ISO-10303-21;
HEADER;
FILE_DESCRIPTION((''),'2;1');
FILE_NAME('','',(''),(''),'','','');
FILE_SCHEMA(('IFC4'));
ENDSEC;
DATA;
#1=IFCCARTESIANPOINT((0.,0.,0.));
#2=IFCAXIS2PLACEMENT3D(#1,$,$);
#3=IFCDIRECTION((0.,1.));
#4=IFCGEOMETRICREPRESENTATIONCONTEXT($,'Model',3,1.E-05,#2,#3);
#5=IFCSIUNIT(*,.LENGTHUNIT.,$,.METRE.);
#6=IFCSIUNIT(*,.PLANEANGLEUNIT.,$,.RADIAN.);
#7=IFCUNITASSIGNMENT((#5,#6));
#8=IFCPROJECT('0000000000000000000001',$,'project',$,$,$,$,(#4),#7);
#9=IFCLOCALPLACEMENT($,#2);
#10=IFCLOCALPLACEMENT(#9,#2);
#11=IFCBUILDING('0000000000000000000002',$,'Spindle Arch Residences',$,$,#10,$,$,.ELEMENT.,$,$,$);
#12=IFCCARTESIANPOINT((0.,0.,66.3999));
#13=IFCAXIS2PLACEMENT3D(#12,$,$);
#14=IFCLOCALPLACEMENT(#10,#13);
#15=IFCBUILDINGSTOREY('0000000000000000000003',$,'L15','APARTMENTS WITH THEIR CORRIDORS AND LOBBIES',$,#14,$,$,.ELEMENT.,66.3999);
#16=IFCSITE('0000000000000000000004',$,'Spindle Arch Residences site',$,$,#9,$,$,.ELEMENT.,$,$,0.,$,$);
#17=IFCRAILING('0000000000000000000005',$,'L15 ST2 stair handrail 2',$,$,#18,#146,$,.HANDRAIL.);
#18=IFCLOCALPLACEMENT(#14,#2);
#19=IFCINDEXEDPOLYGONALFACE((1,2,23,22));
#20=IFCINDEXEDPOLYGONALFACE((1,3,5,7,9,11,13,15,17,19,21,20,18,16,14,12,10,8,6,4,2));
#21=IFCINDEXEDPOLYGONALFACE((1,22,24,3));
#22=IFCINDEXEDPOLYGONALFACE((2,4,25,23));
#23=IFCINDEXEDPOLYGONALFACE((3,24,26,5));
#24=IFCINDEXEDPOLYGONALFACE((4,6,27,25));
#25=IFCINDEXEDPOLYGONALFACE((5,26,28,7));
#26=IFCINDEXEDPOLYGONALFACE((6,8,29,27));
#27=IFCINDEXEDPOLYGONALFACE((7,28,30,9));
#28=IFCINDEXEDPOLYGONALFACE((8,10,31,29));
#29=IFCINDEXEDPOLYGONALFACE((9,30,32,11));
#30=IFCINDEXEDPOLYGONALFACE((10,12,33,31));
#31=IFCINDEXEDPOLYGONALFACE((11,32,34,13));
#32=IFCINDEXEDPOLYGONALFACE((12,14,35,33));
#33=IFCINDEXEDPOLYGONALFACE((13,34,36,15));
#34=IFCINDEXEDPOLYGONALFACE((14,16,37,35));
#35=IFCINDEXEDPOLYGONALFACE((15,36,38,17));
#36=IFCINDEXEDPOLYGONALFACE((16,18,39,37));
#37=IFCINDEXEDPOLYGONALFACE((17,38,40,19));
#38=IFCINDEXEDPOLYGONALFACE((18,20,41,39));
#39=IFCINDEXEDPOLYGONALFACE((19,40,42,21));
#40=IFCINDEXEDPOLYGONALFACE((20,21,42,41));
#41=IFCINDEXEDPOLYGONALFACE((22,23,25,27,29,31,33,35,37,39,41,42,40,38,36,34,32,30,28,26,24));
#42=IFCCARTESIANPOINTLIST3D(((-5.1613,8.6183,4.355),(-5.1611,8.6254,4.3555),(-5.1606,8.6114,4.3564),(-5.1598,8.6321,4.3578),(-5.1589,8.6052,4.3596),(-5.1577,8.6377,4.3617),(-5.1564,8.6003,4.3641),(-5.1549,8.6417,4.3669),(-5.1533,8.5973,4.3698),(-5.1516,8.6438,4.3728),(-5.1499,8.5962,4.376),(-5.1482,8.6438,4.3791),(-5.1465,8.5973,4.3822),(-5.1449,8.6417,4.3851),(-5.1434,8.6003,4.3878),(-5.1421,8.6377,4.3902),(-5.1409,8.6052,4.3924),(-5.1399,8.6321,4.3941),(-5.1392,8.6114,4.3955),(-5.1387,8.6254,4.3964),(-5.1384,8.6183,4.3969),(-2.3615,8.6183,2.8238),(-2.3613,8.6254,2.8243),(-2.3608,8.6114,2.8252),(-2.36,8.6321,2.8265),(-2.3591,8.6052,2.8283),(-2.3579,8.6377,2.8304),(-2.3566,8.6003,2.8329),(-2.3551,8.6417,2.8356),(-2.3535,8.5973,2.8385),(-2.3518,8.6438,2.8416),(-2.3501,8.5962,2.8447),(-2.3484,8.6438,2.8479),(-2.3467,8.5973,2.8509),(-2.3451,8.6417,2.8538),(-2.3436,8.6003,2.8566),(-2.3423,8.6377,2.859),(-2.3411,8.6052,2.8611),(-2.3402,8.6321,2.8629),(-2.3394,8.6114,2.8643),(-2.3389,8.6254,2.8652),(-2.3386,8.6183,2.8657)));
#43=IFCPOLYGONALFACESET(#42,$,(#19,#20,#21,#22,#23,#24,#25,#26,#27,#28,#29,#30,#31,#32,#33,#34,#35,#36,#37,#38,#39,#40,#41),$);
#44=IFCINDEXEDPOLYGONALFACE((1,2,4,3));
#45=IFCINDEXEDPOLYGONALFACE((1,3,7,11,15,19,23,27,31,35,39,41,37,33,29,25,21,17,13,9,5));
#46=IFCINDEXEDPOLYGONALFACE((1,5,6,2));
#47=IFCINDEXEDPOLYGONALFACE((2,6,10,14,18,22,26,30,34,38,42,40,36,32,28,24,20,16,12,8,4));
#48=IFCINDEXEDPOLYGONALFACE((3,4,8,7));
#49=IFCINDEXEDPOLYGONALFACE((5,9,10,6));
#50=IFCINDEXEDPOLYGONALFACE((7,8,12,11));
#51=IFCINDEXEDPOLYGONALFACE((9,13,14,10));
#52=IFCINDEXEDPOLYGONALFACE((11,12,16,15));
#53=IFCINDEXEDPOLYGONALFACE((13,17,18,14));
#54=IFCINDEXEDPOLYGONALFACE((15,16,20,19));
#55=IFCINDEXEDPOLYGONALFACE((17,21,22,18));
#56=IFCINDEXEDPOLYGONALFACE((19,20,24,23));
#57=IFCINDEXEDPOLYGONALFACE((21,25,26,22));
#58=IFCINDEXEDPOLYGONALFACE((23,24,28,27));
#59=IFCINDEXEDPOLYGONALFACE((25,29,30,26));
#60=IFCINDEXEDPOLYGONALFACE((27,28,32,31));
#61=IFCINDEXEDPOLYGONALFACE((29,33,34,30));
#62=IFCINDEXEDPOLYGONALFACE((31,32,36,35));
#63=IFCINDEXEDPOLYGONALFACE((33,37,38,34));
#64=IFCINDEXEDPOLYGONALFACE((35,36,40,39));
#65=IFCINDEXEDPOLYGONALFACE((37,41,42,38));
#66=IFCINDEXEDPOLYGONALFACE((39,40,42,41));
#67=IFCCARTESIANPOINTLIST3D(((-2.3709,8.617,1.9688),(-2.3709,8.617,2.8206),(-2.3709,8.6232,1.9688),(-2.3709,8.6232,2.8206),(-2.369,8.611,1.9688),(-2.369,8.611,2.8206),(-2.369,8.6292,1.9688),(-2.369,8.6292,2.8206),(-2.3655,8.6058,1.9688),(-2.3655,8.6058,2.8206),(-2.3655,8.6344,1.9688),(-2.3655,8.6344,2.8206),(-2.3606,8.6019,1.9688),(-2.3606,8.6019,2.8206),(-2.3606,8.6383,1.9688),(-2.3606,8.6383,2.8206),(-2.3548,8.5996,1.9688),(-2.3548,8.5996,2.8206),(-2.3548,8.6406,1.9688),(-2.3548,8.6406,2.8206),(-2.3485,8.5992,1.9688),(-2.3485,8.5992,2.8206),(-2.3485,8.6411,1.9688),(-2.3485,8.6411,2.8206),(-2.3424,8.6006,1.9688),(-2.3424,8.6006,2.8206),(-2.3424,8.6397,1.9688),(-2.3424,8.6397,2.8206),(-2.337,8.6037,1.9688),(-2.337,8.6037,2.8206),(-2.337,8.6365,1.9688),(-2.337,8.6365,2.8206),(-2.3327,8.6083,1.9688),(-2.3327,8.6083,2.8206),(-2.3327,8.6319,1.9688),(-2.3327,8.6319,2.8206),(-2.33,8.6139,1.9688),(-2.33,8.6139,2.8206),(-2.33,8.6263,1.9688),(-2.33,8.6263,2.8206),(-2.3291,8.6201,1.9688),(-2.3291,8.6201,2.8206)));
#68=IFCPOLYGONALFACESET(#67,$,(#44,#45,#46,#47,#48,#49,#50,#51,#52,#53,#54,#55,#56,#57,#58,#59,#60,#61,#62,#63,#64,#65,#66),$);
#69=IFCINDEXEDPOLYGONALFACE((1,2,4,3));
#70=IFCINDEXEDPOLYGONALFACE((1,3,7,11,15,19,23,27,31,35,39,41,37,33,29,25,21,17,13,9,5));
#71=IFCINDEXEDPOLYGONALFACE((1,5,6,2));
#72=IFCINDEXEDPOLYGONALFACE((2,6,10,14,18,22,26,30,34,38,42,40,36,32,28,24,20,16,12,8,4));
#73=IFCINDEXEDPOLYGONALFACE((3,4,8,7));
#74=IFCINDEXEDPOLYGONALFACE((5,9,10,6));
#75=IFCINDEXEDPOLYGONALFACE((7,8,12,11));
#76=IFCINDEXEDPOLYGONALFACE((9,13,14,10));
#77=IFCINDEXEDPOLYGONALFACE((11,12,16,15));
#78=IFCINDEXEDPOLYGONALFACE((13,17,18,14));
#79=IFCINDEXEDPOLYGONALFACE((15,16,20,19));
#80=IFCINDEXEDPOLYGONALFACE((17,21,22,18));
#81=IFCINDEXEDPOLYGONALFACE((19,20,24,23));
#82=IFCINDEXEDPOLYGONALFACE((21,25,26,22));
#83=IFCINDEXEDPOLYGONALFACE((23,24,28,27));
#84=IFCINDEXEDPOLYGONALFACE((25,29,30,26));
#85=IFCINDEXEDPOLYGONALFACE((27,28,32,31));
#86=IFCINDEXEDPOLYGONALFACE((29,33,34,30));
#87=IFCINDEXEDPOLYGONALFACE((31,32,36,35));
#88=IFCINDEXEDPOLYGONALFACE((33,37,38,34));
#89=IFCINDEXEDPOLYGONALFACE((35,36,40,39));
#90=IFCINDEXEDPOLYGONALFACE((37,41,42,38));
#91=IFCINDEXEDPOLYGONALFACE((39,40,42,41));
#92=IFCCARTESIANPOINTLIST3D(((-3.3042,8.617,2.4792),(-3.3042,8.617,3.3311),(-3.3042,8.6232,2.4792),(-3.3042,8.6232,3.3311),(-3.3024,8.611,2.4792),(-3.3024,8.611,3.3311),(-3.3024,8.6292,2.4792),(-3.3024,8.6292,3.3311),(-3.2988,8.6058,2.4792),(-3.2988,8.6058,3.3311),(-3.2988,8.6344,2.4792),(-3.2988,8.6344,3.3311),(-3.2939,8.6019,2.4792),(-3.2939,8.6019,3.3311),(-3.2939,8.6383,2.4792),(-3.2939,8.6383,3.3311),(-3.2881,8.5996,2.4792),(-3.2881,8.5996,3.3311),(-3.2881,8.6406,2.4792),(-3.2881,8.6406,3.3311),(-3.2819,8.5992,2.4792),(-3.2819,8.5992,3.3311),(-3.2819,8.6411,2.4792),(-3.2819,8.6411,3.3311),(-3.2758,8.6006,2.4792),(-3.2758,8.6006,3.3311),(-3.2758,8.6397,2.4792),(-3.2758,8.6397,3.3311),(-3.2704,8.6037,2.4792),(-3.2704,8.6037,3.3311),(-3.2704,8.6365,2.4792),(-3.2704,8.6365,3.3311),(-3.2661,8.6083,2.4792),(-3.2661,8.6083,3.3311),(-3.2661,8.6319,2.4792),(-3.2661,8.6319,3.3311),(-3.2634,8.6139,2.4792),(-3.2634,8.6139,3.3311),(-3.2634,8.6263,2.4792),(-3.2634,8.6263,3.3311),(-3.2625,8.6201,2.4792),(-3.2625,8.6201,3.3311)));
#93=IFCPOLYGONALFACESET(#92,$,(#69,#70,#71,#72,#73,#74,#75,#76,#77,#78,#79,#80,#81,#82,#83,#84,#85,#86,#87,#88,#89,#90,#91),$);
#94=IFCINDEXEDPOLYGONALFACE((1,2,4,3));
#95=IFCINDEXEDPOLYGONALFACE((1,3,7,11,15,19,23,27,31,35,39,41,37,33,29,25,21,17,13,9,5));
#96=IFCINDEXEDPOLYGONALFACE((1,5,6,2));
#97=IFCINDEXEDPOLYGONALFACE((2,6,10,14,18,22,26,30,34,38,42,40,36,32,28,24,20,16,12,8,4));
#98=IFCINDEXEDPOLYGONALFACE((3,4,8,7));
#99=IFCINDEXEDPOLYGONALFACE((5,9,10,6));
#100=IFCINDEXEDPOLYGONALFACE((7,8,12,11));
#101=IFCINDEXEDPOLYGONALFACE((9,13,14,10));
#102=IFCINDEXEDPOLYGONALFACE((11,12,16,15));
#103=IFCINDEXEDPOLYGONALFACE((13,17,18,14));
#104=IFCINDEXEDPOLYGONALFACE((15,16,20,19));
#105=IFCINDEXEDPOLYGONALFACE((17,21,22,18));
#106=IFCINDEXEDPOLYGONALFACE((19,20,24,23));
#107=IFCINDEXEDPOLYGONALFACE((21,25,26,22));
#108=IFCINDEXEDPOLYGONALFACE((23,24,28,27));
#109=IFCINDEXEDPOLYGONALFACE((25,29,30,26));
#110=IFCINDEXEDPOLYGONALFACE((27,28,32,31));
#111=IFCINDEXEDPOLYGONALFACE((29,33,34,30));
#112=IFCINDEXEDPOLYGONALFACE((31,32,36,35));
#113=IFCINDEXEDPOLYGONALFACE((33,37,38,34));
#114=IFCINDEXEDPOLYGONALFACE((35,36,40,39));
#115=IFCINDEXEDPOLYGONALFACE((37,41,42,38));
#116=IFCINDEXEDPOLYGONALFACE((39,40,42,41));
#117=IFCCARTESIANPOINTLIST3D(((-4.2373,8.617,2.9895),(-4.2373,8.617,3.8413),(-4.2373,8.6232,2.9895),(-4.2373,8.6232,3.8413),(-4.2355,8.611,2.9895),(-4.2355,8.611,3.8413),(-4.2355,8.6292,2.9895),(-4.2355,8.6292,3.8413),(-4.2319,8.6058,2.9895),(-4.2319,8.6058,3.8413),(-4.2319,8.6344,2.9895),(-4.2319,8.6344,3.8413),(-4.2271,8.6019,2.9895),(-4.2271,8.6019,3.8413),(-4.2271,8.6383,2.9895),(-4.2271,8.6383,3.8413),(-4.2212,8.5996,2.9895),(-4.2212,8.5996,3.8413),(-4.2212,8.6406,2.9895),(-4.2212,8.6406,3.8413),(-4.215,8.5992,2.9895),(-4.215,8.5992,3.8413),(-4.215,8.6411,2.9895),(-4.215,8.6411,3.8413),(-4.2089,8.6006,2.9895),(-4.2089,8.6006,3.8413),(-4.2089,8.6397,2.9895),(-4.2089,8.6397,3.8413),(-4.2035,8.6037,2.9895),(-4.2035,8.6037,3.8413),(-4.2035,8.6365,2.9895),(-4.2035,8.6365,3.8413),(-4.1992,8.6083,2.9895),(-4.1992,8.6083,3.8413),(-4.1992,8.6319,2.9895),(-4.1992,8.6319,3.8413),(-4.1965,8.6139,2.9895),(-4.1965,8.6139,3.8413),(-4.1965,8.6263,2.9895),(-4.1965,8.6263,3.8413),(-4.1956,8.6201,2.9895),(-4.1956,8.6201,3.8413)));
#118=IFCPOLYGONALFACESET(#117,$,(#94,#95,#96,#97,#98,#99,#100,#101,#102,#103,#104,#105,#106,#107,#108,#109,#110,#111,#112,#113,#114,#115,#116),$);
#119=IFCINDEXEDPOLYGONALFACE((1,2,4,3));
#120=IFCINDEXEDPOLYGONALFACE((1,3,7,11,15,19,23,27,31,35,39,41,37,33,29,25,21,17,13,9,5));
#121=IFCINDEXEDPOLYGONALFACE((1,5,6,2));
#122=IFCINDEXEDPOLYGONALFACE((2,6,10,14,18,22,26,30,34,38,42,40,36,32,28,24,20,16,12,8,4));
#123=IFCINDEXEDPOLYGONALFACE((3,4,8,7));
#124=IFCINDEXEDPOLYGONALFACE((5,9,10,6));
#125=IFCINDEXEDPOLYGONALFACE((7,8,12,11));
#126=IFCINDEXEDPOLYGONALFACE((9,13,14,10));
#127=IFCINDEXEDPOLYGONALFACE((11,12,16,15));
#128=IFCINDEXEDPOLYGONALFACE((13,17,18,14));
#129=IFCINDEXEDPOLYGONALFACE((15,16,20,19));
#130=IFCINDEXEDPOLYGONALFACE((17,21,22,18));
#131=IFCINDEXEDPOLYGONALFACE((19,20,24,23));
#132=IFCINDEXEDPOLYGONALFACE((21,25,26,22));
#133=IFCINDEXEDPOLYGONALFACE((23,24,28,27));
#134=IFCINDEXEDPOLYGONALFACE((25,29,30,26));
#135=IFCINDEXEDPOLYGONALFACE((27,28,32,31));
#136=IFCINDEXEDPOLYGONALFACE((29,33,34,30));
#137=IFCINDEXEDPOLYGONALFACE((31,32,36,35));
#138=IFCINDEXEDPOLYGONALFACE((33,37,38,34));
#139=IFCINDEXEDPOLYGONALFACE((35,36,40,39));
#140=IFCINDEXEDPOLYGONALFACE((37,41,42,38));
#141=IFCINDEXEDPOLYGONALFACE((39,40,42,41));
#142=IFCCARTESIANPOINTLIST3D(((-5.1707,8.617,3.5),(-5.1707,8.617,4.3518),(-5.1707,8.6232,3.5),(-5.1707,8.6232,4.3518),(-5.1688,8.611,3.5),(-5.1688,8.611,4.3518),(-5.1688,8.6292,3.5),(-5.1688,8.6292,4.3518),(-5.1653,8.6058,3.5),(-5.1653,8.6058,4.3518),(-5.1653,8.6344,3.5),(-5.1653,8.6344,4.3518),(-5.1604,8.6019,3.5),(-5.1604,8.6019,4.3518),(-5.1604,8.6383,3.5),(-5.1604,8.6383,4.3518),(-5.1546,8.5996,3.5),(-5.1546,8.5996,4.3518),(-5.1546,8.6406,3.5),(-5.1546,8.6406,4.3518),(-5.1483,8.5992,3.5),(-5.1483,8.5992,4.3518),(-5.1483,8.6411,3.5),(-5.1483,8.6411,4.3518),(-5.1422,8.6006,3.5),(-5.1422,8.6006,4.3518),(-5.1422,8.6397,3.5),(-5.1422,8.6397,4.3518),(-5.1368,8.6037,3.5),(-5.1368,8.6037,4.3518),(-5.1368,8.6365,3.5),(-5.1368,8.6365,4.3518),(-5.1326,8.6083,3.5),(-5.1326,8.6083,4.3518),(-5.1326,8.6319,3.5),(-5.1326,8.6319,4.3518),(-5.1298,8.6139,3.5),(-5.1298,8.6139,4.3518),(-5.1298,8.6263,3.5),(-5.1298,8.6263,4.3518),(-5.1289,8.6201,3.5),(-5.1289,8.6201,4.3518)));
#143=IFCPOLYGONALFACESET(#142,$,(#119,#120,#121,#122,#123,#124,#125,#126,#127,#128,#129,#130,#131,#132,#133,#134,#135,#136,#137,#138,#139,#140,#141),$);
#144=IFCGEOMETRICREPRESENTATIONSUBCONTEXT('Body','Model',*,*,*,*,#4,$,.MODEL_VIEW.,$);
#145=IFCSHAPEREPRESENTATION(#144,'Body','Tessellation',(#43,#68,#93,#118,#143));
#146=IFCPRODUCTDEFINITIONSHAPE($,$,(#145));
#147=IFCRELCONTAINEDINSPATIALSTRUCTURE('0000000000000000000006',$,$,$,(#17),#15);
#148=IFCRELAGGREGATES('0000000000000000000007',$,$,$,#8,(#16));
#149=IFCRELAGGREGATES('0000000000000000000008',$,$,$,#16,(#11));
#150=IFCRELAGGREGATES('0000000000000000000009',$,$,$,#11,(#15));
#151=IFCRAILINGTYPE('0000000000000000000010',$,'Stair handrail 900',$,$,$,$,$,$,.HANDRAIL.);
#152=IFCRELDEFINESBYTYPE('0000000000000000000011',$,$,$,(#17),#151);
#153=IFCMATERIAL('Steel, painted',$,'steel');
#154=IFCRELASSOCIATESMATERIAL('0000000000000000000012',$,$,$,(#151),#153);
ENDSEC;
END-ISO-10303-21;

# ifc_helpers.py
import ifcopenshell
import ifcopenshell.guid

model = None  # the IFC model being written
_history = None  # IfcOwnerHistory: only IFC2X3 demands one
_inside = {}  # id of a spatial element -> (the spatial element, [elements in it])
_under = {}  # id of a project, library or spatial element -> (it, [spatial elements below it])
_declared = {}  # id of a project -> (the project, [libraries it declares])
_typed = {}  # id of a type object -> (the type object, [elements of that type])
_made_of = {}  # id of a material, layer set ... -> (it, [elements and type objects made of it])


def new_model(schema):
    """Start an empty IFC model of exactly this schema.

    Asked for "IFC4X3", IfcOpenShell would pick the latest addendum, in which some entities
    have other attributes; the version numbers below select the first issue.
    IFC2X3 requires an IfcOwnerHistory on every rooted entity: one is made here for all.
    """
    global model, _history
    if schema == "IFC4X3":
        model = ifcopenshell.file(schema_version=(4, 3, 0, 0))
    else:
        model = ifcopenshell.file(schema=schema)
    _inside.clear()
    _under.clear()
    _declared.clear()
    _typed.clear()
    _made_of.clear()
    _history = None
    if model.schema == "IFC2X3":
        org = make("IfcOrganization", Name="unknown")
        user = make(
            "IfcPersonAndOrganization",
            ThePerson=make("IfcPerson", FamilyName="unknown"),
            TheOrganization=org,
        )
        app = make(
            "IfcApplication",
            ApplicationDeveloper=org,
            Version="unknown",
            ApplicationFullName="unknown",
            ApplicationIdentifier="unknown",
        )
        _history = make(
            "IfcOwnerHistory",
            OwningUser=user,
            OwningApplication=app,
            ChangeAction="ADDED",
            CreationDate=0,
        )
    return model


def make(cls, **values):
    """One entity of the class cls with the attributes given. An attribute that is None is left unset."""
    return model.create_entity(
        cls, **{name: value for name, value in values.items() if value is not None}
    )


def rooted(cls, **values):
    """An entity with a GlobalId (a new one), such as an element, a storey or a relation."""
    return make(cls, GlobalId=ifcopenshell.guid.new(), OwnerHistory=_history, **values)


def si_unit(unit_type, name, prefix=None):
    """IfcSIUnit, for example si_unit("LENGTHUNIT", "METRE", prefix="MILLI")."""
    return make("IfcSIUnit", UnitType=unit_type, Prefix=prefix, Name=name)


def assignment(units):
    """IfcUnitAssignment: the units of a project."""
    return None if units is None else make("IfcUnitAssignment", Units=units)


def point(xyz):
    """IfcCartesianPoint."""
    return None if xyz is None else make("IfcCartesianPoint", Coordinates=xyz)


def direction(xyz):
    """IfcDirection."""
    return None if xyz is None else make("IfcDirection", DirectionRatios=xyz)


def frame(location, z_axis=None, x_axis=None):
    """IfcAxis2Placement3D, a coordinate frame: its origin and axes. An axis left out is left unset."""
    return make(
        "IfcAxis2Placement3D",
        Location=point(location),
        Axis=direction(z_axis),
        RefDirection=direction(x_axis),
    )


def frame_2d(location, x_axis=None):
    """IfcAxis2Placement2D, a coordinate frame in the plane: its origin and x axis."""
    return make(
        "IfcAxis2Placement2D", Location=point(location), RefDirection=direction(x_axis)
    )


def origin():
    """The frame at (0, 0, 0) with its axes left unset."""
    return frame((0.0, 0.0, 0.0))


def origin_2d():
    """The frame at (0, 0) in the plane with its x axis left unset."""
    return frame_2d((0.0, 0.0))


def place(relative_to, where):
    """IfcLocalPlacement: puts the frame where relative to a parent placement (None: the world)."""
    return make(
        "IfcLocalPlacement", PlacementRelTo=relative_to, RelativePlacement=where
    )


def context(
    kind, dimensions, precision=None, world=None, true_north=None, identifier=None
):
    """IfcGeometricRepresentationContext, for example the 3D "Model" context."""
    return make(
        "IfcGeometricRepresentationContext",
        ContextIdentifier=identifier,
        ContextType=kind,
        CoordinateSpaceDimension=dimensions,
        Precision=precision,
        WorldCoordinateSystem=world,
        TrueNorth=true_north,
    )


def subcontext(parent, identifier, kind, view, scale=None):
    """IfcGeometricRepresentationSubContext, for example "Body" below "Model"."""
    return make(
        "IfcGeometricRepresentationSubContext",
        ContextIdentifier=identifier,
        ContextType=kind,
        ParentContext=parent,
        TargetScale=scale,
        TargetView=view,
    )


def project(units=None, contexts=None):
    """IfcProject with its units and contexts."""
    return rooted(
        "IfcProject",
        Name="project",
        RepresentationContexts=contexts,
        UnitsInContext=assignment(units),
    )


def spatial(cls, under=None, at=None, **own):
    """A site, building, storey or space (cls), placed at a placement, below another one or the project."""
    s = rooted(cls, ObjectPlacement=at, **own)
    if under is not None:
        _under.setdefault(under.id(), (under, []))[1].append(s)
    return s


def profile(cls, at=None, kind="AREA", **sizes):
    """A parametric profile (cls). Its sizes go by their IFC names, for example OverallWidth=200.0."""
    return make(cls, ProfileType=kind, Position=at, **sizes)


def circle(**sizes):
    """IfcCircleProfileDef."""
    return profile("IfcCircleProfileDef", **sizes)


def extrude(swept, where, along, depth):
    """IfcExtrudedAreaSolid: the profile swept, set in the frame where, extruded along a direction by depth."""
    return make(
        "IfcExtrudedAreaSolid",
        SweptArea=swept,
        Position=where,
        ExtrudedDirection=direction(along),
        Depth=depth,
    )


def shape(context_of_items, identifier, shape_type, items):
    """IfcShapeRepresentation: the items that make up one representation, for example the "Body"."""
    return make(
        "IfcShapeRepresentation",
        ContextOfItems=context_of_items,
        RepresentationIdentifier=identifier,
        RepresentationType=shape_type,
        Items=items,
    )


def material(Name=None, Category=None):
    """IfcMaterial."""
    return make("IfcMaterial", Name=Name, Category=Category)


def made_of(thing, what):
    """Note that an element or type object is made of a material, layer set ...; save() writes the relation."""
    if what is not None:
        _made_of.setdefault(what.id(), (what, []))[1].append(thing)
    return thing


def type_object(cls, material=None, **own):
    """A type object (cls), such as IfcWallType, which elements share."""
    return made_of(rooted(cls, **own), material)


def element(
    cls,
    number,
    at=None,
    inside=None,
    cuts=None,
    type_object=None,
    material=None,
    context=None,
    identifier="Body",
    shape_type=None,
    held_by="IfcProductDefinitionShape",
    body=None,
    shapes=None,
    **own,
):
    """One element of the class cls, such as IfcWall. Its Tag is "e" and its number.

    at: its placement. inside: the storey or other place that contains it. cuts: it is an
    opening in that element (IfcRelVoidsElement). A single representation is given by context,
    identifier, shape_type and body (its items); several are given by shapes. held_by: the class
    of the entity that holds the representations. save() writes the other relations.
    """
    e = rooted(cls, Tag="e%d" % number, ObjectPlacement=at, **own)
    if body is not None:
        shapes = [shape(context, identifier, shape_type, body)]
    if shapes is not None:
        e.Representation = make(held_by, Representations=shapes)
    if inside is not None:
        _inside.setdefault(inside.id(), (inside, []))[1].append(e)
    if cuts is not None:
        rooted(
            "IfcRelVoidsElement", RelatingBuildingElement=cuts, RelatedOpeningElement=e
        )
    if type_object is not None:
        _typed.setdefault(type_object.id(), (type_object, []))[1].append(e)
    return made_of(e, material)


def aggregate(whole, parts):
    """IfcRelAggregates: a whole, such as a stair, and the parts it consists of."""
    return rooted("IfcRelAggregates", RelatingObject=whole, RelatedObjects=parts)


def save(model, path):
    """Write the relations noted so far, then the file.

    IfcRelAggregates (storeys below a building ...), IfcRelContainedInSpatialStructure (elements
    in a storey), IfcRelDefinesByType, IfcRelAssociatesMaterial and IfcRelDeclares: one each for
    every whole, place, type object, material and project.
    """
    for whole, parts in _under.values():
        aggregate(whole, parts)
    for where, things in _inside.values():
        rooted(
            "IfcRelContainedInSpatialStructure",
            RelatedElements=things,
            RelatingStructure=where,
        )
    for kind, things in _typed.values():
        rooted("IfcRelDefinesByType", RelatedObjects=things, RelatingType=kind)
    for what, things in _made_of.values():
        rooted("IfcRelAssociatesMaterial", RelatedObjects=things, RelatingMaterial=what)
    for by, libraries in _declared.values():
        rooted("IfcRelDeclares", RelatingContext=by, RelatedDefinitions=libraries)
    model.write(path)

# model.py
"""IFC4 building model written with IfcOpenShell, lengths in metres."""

from ifc_helpers import new_model, si_unit, direction, frame, origin, origin_2d, place, context, subcontext, project, spatial, circle, extrude, material, type_object, element, save


model = new_model("IFC4")

# Units and contexts
model_context = context("Model", 3, precision=1e-05, world=origin(), true_north=direction((0.0, 1.0)))
body_context = subcontext(model_context, "Body", "Model", "MODEL_VIEW")
ifc_project = project(units=[si_unit("LENGTHUNIT", "METRE"), si_unit("PLANEANGLEUNIT", "RADIAN")], contexts=[model_context])

# Site, building, storey
site_placement = place(None, origin())
site = spatial("IfcSite", under=ifc_project, at=site_placement, Name="Spindle Arch Residences site", CompositionType="ELEMENT", RefElevation=0.0)
building_placement = place(site_placement, origin())
building = spatial("IfcBuilding", under=site, at=building_placement, Name="Spindle Arch Residences", CompositionType="ELEMENT")
storey_placement = place(building_placement, frame((0.0, 0.0, 66.3999)))
storey = spatial("IfcBuildingStorey", under=building, at=storey_placement, Name="L15", Description="APARTMENTS WITH THEIR CORRIDORS AND LOBBIES", CompositionType="ELEMENT", Elevation=66.3999)

# Railing
ifc_material_1 = material(Name="Steel, painted", Category="steel")
railing_type_1 = type_object("IfcRailingType", Name="Stair handrail 900", PredefinedType="HANDRAIL", material=ifc_material_1)
railing_1_placement = place(storey_placement, frame((-2.3501, 8.6201, 1.9688)))
element("IfcRailing", 1, at=railing_1_placement, inside=storey, type_object=railing_type_1, Name="L15 ST2 stair handrail 2", PredefinedType="HANDRAIL", context=body_context, shape_type="SweptSolid", body=[
    extrude(circle(Radius=0.0239, at=origin_2d()), frame((0.0, 0.0, 0.876), z_axis=(-0.877357, 0.0, 0.479838), x_axis=(0.0, -1.0, 0.0)), (0.0, 0.0, 1.0), 3.1912),
    extrude(circle(Radius=0.021, at=origin_2d()), origin(), (0.0, 0.0, 1.0), 0.8518),
    extrude(circle(Radius=0.021, at=origin_2d()), frame((-0.9333, 0.0, 0.5105)), (0.0, 0.0, 1.0), 0.8518),
    extrude(circle(Radius=0.021, at=origin_2d()), frame((-1.8665, 0.0, 1.0208)), (0.0, 0.0, 1.0), 0.8518),
    extrude(circle(Radius=0.021, at=origin_2d()), frame((-2.7998, 0.0, 1.5312)), (0.0, 0.0, 1.0), 0.8518),
])

save(model, "model.ifc")
